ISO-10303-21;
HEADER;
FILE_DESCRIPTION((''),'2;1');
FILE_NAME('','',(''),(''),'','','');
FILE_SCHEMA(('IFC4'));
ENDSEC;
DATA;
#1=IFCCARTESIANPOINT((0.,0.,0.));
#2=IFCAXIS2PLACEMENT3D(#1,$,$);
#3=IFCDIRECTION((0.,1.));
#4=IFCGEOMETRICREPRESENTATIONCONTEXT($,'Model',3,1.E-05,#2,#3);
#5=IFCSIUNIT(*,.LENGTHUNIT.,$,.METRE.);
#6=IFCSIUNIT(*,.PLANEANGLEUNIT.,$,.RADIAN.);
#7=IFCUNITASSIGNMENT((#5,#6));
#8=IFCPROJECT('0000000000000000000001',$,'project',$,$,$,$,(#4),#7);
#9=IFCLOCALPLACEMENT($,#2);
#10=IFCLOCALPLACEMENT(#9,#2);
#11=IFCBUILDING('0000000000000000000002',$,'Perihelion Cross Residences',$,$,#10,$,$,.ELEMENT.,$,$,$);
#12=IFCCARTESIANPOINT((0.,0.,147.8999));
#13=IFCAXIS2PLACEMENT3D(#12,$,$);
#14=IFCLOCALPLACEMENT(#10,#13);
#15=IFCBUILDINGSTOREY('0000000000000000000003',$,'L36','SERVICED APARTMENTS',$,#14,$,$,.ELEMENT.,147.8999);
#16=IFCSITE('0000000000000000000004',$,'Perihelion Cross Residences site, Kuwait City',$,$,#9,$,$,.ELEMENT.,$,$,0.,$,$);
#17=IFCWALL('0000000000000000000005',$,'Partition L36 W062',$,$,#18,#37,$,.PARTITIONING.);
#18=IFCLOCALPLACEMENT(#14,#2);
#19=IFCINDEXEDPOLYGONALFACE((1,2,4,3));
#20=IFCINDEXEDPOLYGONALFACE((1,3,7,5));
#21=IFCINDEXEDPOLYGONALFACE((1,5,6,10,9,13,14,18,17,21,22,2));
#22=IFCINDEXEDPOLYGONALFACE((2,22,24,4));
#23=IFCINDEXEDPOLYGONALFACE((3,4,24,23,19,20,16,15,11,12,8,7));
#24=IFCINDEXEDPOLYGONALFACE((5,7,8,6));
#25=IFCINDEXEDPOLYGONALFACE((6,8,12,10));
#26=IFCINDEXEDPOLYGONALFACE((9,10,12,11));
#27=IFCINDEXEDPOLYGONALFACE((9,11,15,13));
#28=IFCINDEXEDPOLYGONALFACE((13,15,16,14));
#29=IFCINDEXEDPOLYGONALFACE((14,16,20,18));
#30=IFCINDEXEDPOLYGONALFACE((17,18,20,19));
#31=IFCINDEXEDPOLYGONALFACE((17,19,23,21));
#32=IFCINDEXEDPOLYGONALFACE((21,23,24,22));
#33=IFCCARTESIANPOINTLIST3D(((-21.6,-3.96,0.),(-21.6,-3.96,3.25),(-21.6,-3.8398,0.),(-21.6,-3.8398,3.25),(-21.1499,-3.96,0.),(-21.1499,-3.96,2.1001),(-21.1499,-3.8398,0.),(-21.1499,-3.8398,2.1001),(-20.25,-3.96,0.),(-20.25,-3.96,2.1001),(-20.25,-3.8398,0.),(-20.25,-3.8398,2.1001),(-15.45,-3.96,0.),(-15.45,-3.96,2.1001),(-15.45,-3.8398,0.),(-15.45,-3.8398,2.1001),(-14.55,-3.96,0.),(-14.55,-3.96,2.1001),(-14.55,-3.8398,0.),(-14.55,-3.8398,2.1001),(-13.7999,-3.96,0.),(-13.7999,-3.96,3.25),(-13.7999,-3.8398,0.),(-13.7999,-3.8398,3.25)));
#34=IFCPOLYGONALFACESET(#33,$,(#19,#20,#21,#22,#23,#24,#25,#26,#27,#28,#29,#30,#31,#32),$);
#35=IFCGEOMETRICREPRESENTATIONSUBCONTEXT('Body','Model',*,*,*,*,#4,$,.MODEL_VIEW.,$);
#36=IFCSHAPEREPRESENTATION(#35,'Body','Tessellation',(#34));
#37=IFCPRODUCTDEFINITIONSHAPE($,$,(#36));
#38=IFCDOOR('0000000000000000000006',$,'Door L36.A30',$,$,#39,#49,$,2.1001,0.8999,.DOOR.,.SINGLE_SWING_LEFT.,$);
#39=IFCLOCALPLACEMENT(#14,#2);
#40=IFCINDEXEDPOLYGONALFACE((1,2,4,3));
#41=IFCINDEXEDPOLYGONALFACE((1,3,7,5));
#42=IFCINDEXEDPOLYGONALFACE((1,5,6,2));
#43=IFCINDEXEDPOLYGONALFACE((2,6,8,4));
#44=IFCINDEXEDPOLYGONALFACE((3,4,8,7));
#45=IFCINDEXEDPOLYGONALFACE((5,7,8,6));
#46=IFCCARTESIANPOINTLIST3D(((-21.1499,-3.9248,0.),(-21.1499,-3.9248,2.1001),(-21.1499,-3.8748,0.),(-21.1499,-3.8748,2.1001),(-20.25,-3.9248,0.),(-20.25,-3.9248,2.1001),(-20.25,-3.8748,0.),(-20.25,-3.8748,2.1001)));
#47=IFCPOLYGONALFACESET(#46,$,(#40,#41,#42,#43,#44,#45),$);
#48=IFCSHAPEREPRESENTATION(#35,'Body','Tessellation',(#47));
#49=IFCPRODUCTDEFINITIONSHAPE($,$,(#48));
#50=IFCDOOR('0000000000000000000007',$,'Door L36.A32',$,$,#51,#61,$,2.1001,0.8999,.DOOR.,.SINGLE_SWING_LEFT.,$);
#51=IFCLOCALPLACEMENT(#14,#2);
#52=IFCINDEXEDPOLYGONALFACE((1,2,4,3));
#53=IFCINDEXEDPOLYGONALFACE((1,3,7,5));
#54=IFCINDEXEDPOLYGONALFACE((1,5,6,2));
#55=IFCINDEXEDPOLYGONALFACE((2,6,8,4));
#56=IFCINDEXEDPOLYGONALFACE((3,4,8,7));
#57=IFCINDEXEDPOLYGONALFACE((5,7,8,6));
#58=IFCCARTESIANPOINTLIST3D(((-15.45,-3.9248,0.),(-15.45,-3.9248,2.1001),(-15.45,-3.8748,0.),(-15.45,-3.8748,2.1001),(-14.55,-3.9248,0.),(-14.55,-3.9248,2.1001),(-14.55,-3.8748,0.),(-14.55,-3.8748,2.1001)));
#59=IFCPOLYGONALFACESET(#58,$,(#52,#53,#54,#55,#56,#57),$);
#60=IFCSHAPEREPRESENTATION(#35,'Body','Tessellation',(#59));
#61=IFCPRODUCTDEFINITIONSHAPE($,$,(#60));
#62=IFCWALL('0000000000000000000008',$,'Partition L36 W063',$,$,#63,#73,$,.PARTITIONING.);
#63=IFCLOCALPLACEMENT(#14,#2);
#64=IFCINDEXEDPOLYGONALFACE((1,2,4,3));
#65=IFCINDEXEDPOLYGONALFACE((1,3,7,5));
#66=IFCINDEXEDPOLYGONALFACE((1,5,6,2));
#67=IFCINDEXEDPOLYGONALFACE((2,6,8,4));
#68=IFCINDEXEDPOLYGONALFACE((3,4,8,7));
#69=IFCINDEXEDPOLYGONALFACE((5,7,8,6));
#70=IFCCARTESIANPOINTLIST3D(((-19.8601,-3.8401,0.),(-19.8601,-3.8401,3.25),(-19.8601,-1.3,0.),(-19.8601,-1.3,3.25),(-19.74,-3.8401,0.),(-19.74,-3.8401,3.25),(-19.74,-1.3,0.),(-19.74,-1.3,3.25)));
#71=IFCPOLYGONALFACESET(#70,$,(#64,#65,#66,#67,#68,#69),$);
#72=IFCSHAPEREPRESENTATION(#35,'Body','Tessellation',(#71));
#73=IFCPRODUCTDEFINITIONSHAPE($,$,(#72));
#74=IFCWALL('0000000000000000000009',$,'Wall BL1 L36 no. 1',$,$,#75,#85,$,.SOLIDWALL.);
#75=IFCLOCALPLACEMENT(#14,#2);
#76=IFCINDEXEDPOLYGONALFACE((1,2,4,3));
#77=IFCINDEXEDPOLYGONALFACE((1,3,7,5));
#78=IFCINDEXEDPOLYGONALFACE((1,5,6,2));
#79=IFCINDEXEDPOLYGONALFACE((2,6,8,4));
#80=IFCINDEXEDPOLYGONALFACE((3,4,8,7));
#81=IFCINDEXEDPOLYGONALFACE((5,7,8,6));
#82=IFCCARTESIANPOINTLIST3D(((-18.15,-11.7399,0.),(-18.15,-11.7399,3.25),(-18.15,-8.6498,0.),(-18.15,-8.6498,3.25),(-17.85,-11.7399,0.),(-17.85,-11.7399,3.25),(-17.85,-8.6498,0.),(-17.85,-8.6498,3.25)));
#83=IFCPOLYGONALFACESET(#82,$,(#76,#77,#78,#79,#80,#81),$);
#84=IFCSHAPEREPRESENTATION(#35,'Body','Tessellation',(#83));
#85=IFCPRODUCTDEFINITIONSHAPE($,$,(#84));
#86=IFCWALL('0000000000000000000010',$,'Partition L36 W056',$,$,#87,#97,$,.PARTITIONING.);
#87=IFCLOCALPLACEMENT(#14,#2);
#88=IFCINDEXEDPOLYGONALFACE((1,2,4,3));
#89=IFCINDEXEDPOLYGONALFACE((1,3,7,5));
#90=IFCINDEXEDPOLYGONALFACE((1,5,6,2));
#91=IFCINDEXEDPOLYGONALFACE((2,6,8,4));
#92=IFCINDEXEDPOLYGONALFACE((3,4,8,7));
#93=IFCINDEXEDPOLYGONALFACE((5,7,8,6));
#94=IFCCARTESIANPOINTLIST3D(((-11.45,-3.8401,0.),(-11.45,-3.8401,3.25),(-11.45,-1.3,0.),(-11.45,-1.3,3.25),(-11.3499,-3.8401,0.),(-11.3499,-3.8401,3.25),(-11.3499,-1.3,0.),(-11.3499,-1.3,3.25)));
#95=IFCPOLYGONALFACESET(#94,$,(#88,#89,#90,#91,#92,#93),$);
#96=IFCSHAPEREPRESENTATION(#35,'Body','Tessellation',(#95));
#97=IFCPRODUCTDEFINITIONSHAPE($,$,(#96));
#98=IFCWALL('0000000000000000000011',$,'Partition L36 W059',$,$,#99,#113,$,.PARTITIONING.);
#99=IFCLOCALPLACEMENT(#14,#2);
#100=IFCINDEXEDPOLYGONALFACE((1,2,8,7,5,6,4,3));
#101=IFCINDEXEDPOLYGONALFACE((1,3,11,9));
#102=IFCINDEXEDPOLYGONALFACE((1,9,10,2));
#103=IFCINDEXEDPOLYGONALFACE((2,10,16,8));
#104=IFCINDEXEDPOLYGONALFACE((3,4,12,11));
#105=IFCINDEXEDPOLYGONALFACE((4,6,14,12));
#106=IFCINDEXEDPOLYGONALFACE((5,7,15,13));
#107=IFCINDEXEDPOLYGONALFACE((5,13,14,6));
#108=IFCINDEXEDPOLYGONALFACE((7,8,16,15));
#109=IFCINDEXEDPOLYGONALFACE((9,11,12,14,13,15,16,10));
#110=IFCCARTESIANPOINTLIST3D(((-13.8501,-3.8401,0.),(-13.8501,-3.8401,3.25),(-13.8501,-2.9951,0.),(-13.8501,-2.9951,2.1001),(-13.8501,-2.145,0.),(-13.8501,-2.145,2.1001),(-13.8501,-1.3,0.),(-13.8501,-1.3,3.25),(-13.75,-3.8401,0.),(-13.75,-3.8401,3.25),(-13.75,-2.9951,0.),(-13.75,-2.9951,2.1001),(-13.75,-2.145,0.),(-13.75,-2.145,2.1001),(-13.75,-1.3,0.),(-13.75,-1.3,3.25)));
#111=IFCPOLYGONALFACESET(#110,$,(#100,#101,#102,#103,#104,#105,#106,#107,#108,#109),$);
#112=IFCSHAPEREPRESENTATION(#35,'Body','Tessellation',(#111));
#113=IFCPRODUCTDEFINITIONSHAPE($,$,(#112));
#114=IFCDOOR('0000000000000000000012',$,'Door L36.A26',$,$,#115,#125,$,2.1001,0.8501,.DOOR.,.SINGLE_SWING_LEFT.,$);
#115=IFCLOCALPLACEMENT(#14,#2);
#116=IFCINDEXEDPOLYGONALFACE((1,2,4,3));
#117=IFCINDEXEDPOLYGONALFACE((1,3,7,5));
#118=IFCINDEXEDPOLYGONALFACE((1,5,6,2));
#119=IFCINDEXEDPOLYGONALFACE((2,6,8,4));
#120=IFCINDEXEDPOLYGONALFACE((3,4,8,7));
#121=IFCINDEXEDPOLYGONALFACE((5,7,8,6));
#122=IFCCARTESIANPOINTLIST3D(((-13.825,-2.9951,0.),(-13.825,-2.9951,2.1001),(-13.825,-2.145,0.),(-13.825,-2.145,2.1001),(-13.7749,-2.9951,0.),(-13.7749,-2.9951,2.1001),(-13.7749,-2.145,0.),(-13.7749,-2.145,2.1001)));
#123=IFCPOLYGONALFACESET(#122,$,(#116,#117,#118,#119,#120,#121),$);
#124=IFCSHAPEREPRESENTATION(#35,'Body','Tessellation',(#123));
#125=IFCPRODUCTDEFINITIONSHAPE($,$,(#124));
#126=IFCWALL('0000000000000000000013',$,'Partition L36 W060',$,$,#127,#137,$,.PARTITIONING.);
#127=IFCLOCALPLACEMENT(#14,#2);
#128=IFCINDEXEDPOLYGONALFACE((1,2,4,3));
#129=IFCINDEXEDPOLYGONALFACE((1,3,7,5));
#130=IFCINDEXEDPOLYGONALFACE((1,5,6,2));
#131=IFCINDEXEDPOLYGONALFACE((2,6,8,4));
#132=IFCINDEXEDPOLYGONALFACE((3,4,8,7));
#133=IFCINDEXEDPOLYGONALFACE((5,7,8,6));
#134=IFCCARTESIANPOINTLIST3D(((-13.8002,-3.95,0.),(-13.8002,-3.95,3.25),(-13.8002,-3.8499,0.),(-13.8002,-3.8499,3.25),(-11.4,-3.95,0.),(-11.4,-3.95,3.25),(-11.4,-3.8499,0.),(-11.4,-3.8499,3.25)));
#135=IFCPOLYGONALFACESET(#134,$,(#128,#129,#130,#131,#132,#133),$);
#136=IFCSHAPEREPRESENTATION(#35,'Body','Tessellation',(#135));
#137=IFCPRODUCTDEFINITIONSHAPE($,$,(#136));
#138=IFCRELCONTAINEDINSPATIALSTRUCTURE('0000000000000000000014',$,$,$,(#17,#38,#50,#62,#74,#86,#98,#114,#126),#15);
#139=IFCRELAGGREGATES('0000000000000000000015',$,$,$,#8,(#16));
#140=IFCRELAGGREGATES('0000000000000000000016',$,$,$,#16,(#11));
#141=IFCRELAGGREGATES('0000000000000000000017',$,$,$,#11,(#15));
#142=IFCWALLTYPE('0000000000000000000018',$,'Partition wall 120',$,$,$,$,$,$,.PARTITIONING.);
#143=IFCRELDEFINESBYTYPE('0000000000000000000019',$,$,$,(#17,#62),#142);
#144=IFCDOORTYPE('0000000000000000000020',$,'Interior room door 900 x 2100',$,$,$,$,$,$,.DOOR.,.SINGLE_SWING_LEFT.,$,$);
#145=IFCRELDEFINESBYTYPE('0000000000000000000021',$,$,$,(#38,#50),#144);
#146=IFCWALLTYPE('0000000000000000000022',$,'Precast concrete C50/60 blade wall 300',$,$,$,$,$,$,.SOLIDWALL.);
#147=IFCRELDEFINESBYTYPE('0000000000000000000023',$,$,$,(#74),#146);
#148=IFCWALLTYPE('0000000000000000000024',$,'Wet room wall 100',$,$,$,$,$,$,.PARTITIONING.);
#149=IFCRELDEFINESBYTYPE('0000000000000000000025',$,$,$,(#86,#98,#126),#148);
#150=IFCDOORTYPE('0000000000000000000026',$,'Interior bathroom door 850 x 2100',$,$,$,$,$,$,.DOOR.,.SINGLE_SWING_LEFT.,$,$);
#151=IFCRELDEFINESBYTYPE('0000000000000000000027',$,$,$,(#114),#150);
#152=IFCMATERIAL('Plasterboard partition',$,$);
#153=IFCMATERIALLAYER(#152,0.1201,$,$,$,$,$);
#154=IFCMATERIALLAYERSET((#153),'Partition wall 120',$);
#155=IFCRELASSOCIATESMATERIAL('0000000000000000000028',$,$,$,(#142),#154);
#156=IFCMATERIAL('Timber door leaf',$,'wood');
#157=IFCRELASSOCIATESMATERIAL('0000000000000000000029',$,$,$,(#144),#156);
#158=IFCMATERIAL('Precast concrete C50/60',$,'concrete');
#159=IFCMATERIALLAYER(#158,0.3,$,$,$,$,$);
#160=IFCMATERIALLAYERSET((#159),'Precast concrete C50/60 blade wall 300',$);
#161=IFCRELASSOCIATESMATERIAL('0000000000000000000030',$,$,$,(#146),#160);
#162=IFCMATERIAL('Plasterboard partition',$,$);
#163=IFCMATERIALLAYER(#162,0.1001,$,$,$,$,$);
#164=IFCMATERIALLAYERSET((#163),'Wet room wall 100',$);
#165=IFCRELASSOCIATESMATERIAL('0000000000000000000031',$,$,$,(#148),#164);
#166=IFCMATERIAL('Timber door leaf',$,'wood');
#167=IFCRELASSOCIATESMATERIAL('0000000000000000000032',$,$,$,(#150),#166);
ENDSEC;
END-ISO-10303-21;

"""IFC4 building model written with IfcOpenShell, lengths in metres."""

from ifc_helpers import new_model, si_unit, direction, frame, frame_2d, origin, place, context, subcontext, project, spatial, rectangle, extrude, material, layer, layer_set, type_object, element, fill, save


model = new_model("IFC4")

# Units and contexts
model_context = context("Model", 3, precision=1e-05, world=origin(), true_north=direction((0.0, 1.0)))
body_context = subcontext(model_context, "Body", "Model", "MODEL_VIEW")
ifc_project = project(units=[si_unit("LENGTHUNIT", "METRE"), si_unit("PLANEANGLEUNIT", "RADIAN")], contexts=[model_context])

# Site, building, storey
site_placement = place(None, origin())
site = spatial("IfcSite", under=ifc_project, at=site_placement, Name="Perihelion Cross Residences site, Kuwait City", CompositionType="ELEMENT", RefElevation=0.0)
building_placement = place(site_placement, origin())
building = spatial("IfcBuilding", under=site, at=building_placement, Name="Perihelion Cross Residences", CompositionType="ELEMENT")
storey_placement = place(building_placement, frame((0.0, 0.0, 147.8999)))
storey = spatial("IfcBuildingStorey", under=building, at=storey_placement, Name="L36", Description="SERVICED APARTMENTS", CompositionType="ELEMENT", Elevation=147.8999)

# Shared definitions
ifc_material_1 = material(Name="Plasterboard partition")
ifc_layer_1 = layer(ifc_material_1, 0.1201)
ifc_layer_set_1 = layer_set([ifc_layer_1], Name="Partition wall 120")
wall_type_1 = type_object("IfcWallType", Name="Partition wall 120", PredefinedType="PARTITIONING", material=ifc_layer_set_1)
ifc_material_2 = material(Name="Timber door leaf", Category="wood")
door_type_1 = type_object("IfcDoorType", Name="Interior room door 900 x 2100", OperationType="SINGLE_SWING_LEFT", PredefinedType="DOOR", material=ifc_material_2)

# Wall, openings, doors
wall_1_placement = place(storey_placement, frame((-13.8, -3.8999, 0.0), z_axis=(0.0, 0.0, 1.0), x_axis=(-1.0, 0.0, 0.0)))
wall_1 = element("IfcWall", 1, at=wall_1_placement, inside=storey, type_object=wall_type_1, Name="Partition L36 W062", PredefinedType="PARTITIONING", context=body_context, shape_type="SweptSolid", body=[
    extrude(rectangle(XDim=7.8, YDim=0.1201, at=frame_2d((3.8999, 0.0))), origin(), (0.0, 0.0, 1.0), 3.25),
])
opening_1_placement = place(wall_1_placement, frame((6.45, 0.0, 0.0)))
opening_1 = element("IfcOpeningElement", 2, at=opening_1_placement, cuts=wall_1, PredefinedType="OPENING", context=body_context, shape_type="SweptSolid", body=[
    extrude(rectangle(XDim=0.8999, YDim=2.1001, at=frame_2d((0.45, 1.05))), frame((0.0, 0.0701, 0.0), z_axis=(0.0, -1.0, 0.0), x_axis=(1.0, 0.0, 0.0)), (0.0, 0.0, 1.0), 0.1401),
])
opening_2_placement = place(wall_1_placement, frame((0.75, 0.0, 0.0)))
opening_2 = element("IfcOpeningElement", 3, at=opening_2_placement, cuts=wall_1, PredefinedType="OPENING", context=body_context, shape_type="SweptSolid", body=[
    extrude(rectangle(XDim=0.8999, YDim=2.1001, at=frame_2d((0.45, 1.05))), frame((0.0, 0.0701, 0.0), z_axis=(0.0, -1.0, 0.0), x_axis=(1.0, 0.0, 0.0)), (0.0, 0.0, 1.0), 0.1401),
])
door_1_placement = place(opening_1_placement, origin())
door_1 = element("IfcDoor", 4, at=door_1_placement, inside=storey, type_object=door_type_1, Name="Door L36.A30", OperationType="SINGLE_SWING_LEFT", OverallHeight=2.1001, OverallWidth=0.8999, PredefinedType="DOOR", context=body_context, shape_type="SweptSolid", body=[
    extrude(rectangle(XDim=0.8999, YDim=2.1001, at=frame_2d((0.45, 1.05))), frame((0.0, 0.0249, 0.0), z_axis=(0.0, -1.0, 0.0), x_axis=(1.0, 0.0, 0.0)), (0.0, 0.0, 1.0), 0.05),
])
fill(opening_1, door_1)
door_2_placement = place(opening_2_placement, origin())
door_2 = element("IfcDoor", 5, at=door_2_placement, inside=storey, type_object=door_type_1, Name="Door L36.A32", OperationType="SINGLE_SWING_LEFT", OverallHeight=2.1001, OverallWidth=0.8999, PredefinedType="DOOR", context=body_context, shape_type="SweptSolid", body=[
    extrude(rectangle(XDim=0.8999, YDim=2.1001, at=frame_2d((0.45, 1.05))), frame((0.0, 0.0249, 0.0), z_axis=(0.0, -1.0, 0.0), x_axis=(1.0, 0.0, 0.0)), (0.0, 0.0, 1.0), 0.05),
])
fill(opening_2, door_2)

# Walls
wall_2_placement = place(storey_placement, frame((-19.8, -3.8401, 0.0), z_axis=(0.0, 0.0, 1.0), x_axis=(0.0, 1.0, 0.0)))
element("IfcWall", 6, at=wall_2_placement, inside=storey, type_object=wall_type_1, Name="Partition L36 W063", PredefinedType="PARTITIONING", context=body_context, shape_type="SweptSolid", body=[
    extrude(rectangle(XDim=2.54, YDim=0.1201, at=frame_2d((1.27, 0.0))), origin(), (0.0, 0.0, 1.0), 3.25),
])
ifc_material_3 = material(Name="Precast concrete C50/60", Category="concrete")
ifc_layer_2 = layer(ifc_material_3, 0.3)
ifc_layer_set_2 = layer_set([ifc_layer_2], Name="Precast concrete C50/60 blade wall 300")
wall_type_2 = type_object("IfcWallType", Name="Precast concrete C50/60 blade wall 300", PredefinedType="SOLIDWALL", material=ifc_layer_set_2)
wall_3_placement = place(storey_placement, frame((-18.0, -8.6499, 0.0), z_axis=(0.0, 0.0, 1.0), x_axis=(0.0, -1.0, 0.0)))
element("IfcWall", 7, at=wall_3_placement, inside=storey, type_object=wall_type_2, Name="Wall BL1 L36 no. 1", PredefinedType="SOLIDWALL", context=body_context, shape_type="SweptSolid", body=[
    extrude(rectangle(XDim=3.0901, YDim=0.3, at=frame_2d((1.5449, 0.0))), origin(), (0.0, 0.0, 1.0), 3.25),
])
ifc_material_4 = material(Name="Plasterboard partition")
ifc_layer_3 = layer(ifc_material_4, 0.1001)
ifc_layer_set_3 = layer_set([ifc_layer_3], Name="Wet room wall 100")
wall_type_3 = type_object("IfcWallType", Name="Wet room wall 100", PredefinedType="PARTITIONING", material=ifc_layer_set_3)
wall_4_placement = place(storey_placement, frame((-11.3999, -3.8401, 0.0), z_axis=(0.0, 0.0, 1.0), x_axis=(0.0, 1.0, 0.0)))
element("IfcWall", 8, at=wall_4_placement, inside=storey, type_object=wall_type_3, Name="Partition L36 W056", PredefinedType="PARTITIONING", context=body_context, shape_type="SweptSolid", body=[
    extrude(rectangle(XDim=2.54, YDim=0.1001, at=frame_2d((1.27, 0.0))), origin(), (0.0, 0.0, 1.0), 3.25),
])

# Wall, opening, door
wall_5_placement = place(storey_placement, frame((-13.8, -3.8401, 0.0), z_axis=(0.0, 0.0, 1.0), x_axis=(0.0, 1.0, 0.0)))
wall_5 = element("IfcWall", 9, at=wall_5_placement, inside=storey, type_object=wall_type_3, Name="Partition L36 W059", PredefinedType="PARTITIONING", context=body_context, shape_type="SweptSolid", body=[
    extrude(rectangle(XDim=2.54, YDim=0.1001, at=frame_2d((1.27, 0.0))), origin(), (0.0, 0.0, 1.0), 3.25),
])
opening_3_placement = place(wall_5_placement, frame((0.845, 0.0, 0.0)))
opening_3 = element("IfcOpeningElement", 10, at=opening_3_placement, cuts=wall_5, PredefinedType="OPENING", context=body_context, shape_type="SweptSolid", body=[
    extrude(rectangle(XDim=0.8501, YDim=2.1001, at=frame_2d((0.425, 1.05))), frame((0.0, 0.0601, 0.0), z_axis=(0.0, -1.0, 0.0), x_axis=(1.0, 0.0, 0.0)), (0.0, 0.0, 1.0), 0.1201),
])
ifc_material_5 = material(Name="Timber door leaf", Category="wood")
door_type_2 = type_object("IfcDoorType", Name="Interior bathroom door 850 x 2100", OperationType="SINGLE_SWING_LEFT", PredefinedType="DOOR", material=ifc_material_5)
door_3_placement = place(opening_3_placement, origin())
door_3 = element("IfcDoor", 11, at=door_3_placement, inside=storey, type_object=door_type_2, Name="Door L36.A26", OperationType="SINGLE_SWING_LEFT", OverallHeight=2.1001, OverallWidth=0.8501, PredefinedType="DOOR", context=body_context, shape_type="SweptSolid", body=[
    extrude(rectangle(XDim=0.8501, YDim=2.1001, at=frame_2d((0.425, 1.05))), frame((0.0, 0.0249, 0.0), z_axis=(0.0, -1.0, 0.0), x_axis=(1.0, 0.0, 0.0)), (0.0, 0.0, 1.0), 0.05),
])
fill(opening_3, door_3)

# Wall
wall_6_placement = place(storey_placement, frame((-11.3999, -3.8999, 0.0), z_axis=(0.0, 0.0, 1.0), x_axis=(-1.0, 0.0, 0.0)))
element("IfcWall", 12, at=wall_6_placement, inside=storey, type_object=wall_type_3, Name="Partition L36 W060", PredefinedType="PARTITIONING", context=body_context, shape_type="SweptSolid", body=[
    extrude(rectangle(XDim=2.4001, YDim=0.1001, at=frame_2d((1.2002, 0.0))), origin(), (0.0, 0.0, 1.0), 3.25),
])

save(model, "model.ifc")
